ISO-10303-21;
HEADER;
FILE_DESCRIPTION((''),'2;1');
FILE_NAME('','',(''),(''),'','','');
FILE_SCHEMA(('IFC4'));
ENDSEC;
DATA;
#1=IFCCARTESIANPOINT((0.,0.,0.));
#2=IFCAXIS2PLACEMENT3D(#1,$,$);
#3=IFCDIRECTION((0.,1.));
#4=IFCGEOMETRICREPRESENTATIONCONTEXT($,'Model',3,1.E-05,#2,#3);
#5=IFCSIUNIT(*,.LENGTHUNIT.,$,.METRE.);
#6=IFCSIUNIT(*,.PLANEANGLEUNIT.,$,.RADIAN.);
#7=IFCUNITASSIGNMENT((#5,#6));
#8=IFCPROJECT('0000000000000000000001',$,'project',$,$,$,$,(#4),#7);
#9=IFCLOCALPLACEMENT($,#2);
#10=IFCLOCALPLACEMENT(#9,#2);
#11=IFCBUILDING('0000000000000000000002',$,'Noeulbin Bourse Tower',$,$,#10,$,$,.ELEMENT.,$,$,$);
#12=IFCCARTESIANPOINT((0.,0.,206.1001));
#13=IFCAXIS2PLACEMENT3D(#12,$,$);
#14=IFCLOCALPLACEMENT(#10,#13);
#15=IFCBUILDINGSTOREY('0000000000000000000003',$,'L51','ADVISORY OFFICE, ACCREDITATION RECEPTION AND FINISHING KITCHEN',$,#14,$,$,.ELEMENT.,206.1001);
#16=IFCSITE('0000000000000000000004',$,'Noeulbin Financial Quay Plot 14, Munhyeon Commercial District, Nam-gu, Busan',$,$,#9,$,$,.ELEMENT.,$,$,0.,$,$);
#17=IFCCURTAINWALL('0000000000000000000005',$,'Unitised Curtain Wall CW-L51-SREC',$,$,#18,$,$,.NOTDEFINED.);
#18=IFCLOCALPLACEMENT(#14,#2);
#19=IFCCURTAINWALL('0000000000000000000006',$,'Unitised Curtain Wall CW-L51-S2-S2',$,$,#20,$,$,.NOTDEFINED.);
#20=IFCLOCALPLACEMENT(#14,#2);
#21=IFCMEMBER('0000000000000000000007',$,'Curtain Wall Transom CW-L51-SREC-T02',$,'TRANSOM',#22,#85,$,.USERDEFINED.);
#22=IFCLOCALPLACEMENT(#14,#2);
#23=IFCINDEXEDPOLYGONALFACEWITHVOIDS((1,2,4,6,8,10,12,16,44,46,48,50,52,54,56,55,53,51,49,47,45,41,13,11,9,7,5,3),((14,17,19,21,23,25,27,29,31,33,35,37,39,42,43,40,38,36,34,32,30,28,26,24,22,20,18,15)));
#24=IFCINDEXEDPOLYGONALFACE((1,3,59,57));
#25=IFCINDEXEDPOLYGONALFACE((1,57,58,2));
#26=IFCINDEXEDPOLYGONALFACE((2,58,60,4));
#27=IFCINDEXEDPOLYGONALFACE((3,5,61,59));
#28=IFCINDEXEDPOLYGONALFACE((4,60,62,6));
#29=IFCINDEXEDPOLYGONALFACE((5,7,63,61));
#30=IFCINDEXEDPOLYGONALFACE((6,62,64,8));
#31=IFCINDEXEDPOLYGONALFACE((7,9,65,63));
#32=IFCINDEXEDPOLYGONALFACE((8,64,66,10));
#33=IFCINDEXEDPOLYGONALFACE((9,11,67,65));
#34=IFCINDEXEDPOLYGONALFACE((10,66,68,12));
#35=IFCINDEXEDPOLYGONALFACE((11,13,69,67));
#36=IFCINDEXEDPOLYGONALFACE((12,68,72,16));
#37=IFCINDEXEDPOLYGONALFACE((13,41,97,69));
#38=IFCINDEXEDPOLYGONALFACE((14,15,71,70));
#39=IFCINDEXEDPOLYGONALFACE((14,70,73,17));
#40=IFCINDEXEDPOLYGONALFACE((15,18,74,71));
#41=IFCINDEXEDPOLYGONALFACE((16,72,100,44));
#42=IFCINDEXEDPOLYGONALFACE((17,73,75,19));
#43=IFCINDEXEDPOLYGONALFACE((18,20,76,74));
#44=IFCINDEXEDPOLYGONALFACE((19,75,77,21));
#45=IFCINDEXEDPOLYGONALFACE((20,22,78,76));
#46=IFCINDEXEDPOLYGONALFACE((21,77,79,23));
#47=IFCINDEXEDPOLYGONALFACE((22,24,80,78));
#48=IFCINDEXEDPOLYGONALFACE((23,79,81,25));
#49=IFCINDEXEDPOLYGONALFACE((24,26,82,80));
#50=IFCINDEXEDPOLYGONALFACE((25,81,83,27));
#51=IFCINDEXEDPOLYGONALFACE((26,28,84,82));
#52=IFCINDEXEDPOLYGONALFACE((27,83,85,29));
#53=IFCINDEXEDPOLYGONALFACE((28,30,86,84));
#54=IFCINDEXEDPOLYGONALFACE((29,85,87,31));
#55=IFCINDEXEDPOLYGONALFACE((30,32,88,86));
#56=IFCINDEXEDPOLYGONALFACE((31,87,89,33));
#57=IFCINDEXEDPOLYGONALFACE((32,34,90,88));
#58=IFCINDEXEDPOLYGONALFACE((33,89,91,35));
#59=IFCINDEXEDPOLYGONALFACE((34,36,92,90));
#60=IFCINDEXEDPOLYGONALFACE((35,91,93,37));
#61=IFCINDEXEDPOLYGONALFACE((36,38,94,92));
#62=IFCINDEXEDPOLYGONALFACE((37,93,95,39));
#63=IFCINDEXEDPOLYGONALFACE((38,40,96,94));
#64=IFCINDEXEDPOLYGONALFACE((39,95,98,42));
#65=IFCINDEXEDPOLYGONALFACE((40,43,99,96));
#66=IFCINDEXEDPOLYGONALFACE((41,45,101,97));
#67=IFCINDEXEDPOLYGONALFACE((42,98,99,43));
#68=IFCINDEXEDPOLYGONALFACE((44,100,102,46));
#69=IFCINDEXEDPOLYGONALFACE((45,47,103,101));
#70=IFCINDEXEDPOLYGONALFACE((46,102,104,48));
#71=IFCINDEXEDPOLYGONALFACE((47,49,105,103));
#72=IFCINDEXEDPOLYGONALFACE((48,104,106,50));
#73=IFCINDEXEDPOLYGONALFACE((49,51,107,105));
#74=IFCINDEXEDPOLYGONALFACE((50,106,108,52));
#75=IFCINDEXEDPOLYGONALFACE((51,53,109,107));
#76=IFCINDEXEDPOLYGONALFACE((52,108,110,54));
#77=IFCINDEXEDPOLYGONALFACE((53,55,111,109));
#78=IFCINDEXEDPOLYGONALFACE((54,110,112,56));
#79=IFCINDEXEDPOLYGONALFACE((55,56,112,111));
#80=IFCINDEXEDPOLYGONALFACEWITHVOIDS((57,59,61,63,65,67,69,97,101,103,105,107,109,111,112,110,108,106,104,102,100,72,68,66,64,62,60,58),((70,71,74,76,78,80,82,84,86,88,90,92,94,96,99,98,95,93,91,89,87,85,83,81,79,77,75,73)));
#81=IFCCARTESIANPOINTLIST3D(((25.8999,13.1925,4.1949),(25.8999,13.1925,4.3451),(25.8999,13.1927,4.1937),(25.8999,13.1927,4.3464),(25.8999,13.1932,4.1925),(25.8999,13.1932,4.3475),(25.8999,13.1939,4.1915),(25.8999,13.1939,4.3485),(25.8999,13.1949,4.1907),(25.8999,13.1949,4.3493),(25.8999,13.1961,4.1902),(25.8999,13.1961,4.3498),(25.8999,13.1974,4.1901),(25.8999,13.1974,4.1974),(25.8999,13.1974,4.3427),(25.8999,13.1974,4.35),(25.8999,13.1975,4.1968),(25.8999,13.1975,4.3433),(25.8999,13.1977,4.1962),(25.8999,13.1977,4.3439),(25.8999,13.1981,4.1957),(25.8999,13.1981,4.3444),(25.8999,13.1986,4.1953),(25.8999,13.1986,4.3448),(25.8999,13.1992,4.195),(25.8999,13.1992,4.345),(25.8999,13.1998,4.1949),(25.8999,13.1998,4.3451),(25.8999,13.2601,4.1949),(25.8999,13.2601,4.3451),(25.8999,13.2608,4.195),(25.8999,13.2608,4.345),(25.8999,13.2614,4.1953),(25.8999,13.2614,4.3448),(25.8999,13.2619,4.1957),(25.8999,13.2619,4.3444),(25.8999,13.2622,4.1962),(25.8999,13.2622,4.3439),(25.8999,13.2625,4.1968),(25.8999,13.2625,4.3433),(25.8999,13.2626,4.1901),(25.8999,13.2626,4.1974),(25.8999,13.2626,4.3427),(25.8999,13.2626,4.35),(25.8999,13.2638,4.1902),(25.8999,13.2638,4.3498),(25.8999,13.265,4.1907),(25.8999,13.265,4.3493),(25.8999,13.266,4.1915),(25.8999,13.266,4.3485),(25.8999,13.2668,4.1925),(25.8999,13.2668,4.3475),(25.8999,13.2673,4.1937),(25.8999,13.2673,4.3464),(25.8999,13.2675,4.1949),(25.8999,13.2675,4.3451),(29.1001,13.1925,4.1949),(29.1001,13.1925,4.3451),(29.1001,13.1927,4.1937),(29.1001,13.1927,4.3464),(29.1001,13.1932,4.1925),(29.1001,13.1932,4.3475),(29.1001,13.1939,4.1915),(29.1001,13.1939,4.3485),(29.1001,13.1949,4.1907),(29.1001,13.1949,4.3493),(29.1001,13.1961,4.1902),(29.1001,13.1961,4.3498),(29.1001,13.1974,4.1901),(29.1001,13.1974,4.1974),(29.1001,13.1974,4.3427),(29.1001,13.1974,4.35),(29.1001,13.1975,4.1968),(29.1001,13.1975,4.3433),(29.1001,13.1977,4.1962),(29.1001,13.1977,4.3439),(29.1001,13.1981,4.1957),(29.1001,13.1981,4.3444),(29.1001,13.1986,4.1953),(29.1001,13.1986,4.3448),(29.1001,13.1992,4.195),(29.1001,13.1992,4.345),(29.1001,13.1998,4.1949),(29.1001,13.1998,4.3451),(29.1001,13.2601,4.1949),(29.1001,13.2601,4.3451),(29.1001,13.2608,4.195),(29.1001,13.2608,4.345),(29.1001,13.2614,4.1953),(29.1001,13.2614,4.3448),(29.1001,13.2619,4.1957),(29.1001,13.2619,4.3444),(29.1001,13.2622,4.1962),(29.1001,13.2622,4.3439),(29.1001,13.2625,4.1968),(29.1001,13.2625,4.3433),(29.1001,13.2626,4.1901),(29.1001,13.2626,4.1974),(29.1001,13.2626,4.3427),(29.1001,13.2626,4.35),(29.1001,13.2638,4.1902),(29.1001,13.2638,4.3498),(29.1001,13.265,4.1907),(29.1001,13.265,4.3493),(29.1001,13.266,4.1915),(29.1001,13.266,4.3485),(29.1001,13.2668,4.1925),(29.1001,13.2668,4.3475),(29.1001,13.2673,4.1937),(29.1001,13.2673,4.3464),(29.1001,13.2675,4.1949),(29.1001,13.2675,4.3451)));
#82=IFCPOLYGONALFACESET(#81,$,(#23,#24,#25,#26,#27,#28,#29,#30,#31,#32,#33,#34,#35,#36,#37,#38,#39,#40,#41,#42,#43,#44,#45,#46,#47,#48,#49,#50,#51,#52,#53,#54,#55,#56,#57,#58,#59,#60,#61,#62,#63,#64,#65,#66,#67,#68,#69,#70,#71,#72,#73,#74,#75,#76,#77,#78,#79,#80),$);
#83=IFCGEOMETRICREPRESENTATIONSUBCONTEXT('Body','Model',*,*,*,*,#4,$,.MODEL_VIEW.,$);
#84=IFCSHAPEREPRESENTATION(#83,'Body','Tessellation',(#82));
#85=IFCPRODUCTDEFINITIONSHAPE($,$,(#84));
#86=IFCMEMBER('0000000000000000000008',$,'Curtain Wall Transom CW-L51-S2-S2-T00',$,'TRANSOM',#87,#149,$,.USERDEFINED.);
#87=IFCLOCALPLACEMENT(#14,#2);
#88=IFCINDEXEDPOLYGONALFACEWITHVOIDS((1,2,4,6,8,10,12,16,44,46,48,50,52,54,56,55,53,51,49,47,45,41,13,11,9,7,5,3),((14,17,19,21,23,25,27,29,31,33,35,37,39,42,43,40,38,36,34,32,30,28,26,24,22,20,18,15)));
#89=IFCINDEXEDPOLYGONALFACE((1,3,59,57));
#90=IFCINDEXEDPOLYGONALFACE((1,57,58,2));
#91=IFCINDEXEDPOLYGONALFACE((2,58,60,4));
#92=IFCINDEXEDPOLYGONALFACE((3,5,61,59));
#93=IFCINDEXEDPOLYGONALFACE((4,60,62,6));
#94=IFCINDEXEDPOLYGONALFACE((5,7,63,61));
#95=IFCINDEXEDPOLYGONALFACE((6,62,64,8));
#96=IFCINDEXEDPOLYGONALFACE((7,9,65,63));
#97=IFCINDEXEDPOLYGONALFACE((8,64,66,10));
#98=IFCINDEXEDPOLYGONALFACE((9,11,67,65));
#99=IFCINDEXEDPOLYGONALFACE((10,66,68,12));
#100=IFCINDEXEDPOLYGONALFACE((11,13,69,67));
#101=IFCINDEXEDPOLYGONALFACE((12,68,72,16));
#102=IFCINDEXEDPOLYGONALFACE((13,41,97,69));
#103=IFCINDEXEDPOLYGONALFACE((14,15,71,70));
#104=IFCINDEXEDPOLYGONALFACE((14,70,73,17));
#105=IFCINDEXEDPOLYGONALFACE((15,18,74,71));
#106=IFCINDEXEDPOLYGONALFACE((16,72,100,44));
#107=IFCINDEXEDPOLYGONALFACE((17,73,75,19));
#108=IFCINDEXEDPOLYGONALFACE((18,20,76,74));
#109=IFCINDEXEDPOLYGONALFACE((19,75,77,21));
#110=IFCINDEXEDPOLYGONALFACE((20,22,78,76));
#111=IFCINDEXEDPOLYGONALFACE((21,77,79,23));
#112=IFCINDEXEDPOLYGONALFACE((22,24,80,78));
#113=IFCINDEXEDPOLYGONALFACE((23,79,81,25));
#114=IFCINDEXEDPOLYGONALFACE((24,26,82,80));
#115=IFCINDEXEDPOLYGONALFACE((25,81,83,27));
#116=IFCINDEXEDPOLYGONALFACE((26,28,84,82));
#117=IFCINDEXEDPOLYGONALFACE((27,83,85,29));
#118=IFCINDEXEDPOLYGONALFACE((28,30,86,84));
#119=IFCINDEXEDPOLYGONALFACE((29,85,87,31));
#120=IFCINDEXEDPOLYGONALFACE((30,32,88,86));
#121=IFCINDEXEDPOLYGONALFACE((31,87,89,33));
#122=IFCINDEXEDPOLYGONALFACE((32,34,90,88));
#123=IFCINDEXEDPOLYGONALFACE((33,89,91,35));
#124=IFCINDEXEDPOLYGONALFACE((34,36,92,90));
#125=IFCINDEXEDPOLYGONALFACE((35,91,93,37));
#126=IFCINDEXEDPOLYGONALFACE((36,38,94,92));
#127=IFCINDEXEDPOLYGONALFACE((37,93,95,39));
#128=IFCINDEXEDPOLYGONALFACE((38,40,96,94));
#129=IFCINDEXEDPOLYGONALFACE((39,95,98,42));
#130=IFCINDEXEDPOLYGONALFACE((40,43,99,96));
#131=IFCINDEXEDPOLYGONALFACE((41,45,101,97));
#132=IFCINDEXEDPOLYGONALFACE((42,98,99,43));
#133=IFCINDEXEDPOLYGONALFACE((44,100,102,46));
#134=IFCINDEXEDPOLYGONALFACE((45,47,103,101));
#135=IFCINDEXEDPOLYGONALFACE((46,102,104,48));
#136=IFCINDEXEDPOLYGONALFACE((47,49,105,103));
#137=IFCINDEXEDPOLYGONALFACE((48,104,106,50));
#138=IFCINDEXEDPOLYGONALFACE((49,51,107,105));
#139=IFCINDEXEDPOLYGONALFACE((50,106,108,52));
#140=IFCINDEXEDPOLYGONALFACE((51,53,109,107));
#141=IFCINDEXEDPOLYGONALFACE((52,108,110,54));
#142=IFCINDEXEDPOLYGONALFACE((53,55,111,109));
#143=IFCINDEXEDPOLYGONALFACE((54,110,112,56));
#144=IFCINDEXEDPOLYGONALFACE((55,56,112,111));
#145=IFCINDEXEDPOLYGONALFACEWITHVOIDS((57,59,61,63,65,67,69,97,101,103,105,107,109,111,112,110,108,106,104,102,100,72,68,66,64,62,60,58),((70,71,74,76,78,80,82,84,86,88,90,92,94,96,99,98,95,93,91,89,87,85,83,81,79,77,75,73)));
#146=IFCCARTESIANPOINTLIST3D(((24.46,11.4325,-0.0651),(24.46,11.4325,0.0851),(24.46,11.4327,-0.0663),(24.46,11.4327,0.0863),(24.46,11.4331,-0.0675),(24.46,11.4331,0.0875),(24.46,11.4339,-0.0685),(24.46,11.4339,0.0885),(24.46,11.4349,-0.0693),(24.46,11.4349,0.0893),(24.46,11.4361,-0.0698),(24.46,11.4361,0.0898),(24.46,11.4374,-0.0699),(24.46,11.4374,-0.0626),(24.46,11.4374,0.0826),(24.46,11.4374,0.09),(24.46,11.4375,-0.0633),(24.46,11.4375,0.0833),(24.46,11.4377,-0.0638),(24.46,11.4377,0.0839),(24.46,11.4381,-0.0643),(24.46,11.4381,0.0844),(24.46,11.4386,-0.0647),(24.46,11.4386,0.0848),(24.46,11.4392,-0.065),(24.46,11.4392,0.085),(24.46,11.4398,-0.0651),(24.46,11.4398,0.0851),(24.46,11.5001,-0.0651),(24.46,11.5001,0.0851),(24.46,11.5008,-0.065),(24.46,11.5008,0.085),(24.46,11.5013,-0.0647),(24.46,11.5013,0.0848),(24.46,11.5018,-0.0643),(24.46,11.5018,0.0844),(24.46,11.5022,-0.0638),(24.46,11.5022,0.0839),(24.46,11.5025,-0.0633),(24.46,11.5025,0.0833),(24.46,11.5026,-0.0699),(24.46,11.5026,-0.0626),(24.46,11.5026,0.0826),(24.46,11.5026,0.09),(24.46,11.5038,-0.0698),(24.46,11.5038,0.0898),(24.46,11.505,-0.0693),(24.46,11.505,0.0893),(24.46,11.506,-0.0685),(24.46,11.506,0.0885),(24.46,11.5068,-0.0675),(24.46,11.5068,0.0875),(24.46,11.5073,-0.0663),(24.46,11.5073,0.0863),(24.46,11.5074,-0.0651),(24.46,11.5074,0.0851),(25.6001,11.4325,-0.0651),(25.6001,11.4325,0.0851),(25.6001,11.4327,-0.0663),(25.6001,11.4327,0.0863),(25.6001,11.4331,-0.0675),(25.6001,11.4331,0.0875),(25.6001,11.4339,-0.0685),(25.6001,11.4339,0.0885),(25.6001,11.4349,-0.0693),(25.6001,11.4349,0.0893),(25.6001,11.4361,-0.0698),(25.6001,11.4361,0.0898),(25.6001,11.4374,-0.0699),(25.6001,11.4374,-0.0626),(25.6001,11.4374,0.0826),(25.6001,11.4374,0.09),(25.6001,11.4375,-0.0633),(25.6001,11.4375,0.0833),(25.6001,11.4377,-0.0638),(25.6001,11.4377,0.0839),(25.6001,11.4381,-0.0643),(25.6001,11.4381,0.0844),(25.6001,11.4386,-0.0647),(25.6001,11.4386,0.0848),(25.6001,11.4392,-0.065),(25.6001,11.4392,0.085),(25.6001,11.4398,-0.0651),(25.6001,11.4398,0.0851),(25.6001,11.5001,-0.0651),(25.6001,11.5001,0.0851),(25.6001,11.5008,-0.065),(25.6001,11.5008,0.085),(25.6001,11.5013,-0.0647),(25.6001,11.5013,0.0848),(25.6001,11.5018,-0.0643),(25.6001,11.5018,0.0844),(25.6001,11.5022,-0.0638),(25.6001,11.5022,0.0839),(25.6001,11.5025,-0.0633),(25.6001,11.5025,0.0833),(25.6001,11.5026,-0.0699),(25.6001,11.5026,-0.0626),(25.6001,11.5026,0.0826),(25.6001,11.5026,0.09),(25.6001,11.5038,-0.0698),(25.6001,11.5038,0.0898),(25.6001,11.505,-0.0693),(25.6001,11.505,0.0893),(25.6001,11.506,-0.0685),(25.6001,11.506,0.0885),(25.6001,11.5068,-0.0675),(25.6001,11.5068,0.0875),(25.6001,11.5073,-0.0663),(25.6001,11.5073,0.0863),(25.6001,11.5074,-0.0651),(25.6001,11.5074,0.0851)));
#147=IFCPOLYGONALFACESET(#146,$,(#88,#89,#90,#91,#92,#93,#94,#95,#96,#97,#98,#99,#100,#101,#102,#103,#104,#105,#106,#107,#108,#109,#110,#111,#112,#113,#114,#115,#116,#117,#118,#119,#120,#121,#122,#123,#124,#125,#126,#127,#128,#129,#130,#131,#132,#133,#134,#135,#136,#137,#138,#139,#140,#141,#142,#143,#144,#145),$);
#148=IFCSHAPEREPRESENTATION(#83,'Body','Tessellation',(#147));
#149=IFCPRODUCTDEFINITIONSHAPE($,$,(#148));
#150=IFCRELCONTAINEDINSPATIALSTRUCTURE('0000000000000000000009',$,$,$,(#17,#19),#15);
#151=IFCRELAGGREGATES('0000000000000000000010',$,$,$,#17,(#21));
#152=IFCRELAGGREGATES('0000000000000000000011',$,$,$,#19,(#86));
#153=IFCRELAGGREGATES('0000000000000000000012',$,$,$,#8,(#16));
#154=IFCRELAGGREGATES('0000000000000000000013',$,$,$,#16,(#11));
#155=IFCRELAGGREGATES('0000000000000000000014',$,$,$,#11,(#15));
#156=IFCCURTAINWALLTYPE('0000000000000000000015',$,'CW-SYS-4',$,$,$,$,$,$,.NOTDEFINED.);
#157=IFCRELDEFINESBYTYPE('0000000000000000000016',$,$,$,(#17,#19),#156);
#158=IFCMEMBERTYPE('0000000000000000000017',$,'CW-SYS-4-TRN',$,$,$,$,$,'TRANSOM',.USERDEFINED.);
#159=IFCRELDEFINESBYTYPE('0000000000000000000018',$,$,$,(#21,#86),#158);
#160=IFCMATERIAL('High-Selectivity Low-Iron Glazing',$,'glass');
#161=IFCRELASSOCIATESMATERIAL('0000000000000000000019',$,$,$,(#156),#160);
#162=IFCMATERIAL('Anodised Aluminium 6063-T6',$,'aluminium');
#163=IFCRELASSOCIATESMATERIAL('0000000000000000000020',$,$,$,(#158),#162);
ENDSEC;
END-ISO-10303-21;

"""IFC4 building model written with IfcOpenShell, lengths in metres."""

from ifc_helpers import new_model, si_unit, direction, frame, origin, origin_2d, place, context, subcontext, project, spatial, hollow_rectangle, extrude, material, material_profile, profile_set, type_object, element, aggregate, save


model = new_model("IFC4")

# Units and contexts
model_context = context("Model", 3, precision=1e-05, world=origin(), true_north=direction((0.0, 1.0)))
body_context = subcontext(model_context, "Body", "Model", "MODEL_VIEW")
ifc_project = project(units=[si_unit("LENGTHUNIT", "METRE"), si_unit("PLANEANGLEUNIT", "RADIAN")], contexts=[model_context])

# Site, building, storey
site_placement = place(None, origin())
site = spatial("IfcSite", under=ifc_project, at=site_placement, Name="Noeulbin Financial Quay Plot 14, Munhyeon Commercial District, Nam-gu, Busan", CompositionType="ELEMENT", RefElevation=0.0)
building_placement = place(site_placement, origin())
building = spatial("IfcBuilding", under=site, at=building_placement, Name="Noeulbin Bourse Tower", CompositionType="ELEMENT")
storey_placement = place(building_placement, frame((0.0, 0.0, 206.1001)))
storey = spatial("IfcBuildingStorey", under=building, at=storey_placement, Name="L51", Description="ADVISORY OFFICE, ACCREDITATION RECEPTION AND FINISHING KITCHEN", CompositionType="ELEMENT", Elevation=206.1001)

# Curtain walls
ifc_material_1 = material(Name="High-Selectivity Low-Iron Glazing", Category="glass")
curtain_wall_type = type_object("IfcCurtainWallType", Name="CW-SYS-4", PredefinedType="NOTDEFINED", material=ifc_material_1)
curtain_wall_1_placement = place(storey_placement, origin())
curtain_wall_1 = element("IfcCurtainWall", 1, at=curtain_wall_1_placement, inside=storey, type_object=curtain_wall_type, Name="Unitised Curtain Wall CW-L51-SREC", PredefinedType="NOTDEFINED")
ifc_material_2 = material(Name="Anodised Aluminium 6063-T6", Category="aluminium")
curtain_wall_2_placement = place(storey_placement, origin())
curtain_wall_2 = element("IfcCurtainWall", 2, at=curtain_wall_2_placement, inside=storey, type_object=curtain_wall_type, Name="Unitised Curtain Wall CW-L51-S2-S2", PredefinedType="NOTDEFINED")

# Members
ifc_material_profile_1 = material_profile(ifc_material_2, hollow_rectangle(XDim=0.075, YDim=0.1599, WallThickness=0.0049, InnerFilletRadius=0.0024, OuterFilletRadius=0.0049, at=origin_2d()), Name="ALU-TRAN-75x160x5", Category="LoadBearing")
ifc_profile_set_1 = profile_set([ifc_material_profile_1], Name="Anodised Aluminium 6063-T6")
member_type_1 = type_object("IfcMemberType", Name="CW-SYS-4-TRN", ElementType="TRANSOM", PredefinedType="USERDEFINED", material=ifc_profile_set_1)
member_1_placement = place(storey_placement, frame((25.8999, 13.23, 4.27), z_axis=(1.0, 0.0, 0.0), x_axis=(0.0, 1.0, 0.0)))
member_1 = element("IfcMember", 3, at=member_1_placement, type_object=member_type_1, Name="Curtain Wall Transom CW-L51-SREC-T02", ObjectType="TRANSOM", PredefinedType="USERDEFINED", context=body_context, shape_type="SweptSolid", body=[
    extrude(hollow_rectangle(XDim=0.075, YDim=0.1599, WallThickness=0.0049, InnerFilletRadius=0.0024, OuterFilletRadius=0.0049, at=origin_2d()), origin(), (0.0, 0.0, 1.0), 3.2002),
])
member_2_placement = place(storey_placement, frame((24.46, 11.47, 0.01), z_axis=(1.0, 0.0, 0.0), x_axis=(0.0, 1.0, 0.0)))
member_2 = element("IfcMember", 4, at=member_2_placement, type_object=member_type_1, Name="Curtain Wall Transom CW-L51-S2-S2-T00", ObjectType="TRANSOM", PredefinedType="USERDEFINED", context=body_context, shape_type="SweptSolid", body=[
    extrude(hollow_rectangle(XDim=0.075, YDim=0.1599, WallThickness=0.0049, InnerFilletRadius=0.0024, OuterFilletRadius=0.0049, at=origin_2d()), origin(), (0.0, 0.0, 1.0), 1.1401),
])

aggregate(curtain_wall_1, [member_1])
aggregate(curtain_wall_2, [member_2])

save(model, "model.ifc")
